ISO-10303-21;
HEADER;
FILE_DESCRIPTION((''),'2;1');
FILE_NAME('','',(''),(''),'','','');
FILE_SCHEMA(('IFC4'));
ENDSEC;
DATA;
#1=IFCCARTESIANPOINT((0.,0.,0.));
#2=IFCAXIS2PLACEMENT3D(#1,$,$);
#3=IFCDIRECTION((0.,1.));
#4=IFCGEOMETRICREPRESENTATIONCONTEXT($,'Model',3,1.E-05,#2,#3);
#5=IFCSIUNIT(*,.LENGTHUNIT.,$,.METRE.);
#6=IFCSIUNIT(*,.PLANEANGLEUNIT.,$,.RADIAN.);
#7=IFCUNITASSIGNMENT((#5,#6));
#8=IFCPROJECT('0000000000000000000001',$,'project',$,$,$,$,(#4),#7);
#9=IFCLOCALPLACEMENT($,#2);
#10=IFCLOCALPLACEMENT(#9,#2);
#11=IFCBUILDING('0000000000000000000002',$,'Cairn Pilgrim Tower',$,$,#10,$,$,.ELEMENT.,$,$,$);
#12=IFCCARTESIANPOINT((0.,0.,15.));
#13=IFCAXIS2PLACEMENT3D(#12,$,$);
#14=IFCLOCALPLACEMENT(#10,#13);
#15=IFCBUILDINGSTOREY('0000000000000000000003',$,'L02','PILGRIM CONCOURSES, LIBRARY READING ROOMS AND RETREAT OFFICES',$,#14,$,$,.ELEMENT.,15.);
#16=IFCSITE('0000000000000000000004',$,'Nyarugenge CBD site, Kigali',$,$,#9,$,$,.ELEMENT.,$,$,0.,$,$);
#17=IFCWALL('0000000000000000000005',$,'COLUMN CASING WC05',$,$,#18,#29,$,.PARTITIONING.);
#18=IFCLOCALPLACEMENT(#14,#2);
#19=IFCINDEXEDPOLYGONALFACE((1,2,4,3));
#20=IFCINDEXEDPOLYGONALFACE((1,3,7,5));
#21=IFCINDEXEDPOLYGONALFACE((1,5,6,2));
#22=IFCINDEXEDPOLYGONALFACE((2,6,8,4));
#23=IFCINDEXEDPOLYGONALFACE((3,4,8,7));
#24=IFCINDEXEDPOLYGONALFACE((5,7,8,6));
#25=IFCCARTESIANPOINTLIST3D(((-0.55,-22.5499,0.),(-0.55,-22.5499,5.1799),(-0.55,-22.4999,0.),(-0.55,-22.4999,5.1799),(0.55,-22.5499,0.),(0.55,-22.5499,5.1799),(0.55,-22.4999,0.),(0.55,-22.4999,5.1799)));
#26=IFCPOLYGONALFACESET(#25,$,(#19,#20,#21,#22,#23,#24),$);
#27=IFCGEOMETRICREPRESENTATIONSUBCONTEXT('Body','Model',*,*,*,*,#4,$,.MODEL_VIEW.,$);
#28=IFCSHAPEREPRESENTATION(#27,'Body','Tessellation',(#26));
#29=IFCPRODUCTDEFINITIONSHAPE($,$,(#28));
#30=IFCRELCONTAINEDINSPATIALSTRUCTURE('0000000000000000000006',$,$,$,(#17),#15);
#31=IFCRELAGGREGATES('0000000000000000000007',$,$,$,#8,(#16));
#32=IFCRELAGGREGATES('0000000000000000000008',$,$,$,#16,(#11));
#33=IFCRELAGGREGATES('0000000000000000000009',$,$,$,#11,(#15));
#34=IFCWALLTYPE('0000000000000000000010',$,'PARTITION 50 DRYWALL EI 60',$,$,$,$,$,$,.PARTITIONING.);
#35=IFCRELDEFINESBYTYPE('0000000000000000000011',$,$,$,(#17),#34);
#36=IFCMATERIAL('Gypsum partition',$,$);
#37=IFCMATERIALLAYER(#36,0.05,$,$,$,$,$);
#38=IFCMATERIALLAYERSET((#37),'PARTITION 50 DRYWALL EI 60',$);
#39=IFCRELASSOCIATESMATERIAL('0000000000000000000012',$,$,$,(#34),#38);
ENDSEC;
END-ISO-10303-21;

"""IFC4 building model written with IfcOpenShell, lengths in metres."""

from ifc_helpers import new_model, si_unit, direction, frame, frame_2d, origin, place, context, subcontext, project, spatial, rectangle, extrude, material, layer, layer_set, type_object, element, save


model = new_model("IFC4")

# Units and contexts
model_context = context("Model", 3, precision=1e-05, world=origin(), true_north=direction((0.0, 1.0)))
body_context = subcontext(model_context, "Body", "Model", "MODEL_VIEW")
ifc_project = project(units=[si_unit("LENGTHUNIT", "METRE"), si_unit("PLANEANGLEUNIT", "RADIAN")], contexts=[model_context])

# Site, building, storey
site_placement = place(None, origin())
site = spatial("IfcSite", under=ifc_project, at=site_placement, Name="Nyarugenge CBD site, Kigali", CompositionType="ELEMENT", RefElevation=0.0)
building_placement = place(site_placement, origin())
building = spatial("IfcBuilding", under=site, at=building_placement, Name="Cairn Pilgrim Tower", CompositionType="ELEMENT")
storey_placement = place(building_placement, frame((0.0, 0.0, 15.0)))
storey = spatial("IfcBuildingStorey", under=building, at=storey_placement, Name="L02", Description="PILGRIM CONCOURSES, LIBRARY READING ROOMS AND RETREAT OFFICES", CompositionType="ELEMENT", Elevation=15.0)

# Shared definitions
ifc_material_1 = material(Name="Gypsum partition")

# Wall
ifc_layer_1 = layer(ifc_material_1, 0.05)
ifc_layer_set_1 = layer_set([ifc_layer_1], Name="PARTITION 50 DRYWALL EI 60")
wall_type_1 = type_object("IfcWallType", Name="PARTITION 50 DRYWALL EI 60", PredefinedType="PARTITIONING", material=ifc_layer_set_1)
wall_1_placement = place(storey_placement, frame((-0.55, -22.5249, 0.0), z_axis=(0.0, 0.0, 1.0), x_axis=(1.0, 0.0, 0.0)))
element("IfcWall", 1, at=wall_1_placement, inside=storey, type_object=wall_type_1, Name="COLUMN CASING WC05", PredefinedType="PARTITIONING", context=body_context, shape_type="SweptSolid", body=[
    extrude(rectangle(XDim=1.1001, YDim=0.05, at=frame_2d((0.55, 0.0))), origin(), (0.0, 0.0, 1.0), 5.1799),
])

save(model, "model.ifc")
